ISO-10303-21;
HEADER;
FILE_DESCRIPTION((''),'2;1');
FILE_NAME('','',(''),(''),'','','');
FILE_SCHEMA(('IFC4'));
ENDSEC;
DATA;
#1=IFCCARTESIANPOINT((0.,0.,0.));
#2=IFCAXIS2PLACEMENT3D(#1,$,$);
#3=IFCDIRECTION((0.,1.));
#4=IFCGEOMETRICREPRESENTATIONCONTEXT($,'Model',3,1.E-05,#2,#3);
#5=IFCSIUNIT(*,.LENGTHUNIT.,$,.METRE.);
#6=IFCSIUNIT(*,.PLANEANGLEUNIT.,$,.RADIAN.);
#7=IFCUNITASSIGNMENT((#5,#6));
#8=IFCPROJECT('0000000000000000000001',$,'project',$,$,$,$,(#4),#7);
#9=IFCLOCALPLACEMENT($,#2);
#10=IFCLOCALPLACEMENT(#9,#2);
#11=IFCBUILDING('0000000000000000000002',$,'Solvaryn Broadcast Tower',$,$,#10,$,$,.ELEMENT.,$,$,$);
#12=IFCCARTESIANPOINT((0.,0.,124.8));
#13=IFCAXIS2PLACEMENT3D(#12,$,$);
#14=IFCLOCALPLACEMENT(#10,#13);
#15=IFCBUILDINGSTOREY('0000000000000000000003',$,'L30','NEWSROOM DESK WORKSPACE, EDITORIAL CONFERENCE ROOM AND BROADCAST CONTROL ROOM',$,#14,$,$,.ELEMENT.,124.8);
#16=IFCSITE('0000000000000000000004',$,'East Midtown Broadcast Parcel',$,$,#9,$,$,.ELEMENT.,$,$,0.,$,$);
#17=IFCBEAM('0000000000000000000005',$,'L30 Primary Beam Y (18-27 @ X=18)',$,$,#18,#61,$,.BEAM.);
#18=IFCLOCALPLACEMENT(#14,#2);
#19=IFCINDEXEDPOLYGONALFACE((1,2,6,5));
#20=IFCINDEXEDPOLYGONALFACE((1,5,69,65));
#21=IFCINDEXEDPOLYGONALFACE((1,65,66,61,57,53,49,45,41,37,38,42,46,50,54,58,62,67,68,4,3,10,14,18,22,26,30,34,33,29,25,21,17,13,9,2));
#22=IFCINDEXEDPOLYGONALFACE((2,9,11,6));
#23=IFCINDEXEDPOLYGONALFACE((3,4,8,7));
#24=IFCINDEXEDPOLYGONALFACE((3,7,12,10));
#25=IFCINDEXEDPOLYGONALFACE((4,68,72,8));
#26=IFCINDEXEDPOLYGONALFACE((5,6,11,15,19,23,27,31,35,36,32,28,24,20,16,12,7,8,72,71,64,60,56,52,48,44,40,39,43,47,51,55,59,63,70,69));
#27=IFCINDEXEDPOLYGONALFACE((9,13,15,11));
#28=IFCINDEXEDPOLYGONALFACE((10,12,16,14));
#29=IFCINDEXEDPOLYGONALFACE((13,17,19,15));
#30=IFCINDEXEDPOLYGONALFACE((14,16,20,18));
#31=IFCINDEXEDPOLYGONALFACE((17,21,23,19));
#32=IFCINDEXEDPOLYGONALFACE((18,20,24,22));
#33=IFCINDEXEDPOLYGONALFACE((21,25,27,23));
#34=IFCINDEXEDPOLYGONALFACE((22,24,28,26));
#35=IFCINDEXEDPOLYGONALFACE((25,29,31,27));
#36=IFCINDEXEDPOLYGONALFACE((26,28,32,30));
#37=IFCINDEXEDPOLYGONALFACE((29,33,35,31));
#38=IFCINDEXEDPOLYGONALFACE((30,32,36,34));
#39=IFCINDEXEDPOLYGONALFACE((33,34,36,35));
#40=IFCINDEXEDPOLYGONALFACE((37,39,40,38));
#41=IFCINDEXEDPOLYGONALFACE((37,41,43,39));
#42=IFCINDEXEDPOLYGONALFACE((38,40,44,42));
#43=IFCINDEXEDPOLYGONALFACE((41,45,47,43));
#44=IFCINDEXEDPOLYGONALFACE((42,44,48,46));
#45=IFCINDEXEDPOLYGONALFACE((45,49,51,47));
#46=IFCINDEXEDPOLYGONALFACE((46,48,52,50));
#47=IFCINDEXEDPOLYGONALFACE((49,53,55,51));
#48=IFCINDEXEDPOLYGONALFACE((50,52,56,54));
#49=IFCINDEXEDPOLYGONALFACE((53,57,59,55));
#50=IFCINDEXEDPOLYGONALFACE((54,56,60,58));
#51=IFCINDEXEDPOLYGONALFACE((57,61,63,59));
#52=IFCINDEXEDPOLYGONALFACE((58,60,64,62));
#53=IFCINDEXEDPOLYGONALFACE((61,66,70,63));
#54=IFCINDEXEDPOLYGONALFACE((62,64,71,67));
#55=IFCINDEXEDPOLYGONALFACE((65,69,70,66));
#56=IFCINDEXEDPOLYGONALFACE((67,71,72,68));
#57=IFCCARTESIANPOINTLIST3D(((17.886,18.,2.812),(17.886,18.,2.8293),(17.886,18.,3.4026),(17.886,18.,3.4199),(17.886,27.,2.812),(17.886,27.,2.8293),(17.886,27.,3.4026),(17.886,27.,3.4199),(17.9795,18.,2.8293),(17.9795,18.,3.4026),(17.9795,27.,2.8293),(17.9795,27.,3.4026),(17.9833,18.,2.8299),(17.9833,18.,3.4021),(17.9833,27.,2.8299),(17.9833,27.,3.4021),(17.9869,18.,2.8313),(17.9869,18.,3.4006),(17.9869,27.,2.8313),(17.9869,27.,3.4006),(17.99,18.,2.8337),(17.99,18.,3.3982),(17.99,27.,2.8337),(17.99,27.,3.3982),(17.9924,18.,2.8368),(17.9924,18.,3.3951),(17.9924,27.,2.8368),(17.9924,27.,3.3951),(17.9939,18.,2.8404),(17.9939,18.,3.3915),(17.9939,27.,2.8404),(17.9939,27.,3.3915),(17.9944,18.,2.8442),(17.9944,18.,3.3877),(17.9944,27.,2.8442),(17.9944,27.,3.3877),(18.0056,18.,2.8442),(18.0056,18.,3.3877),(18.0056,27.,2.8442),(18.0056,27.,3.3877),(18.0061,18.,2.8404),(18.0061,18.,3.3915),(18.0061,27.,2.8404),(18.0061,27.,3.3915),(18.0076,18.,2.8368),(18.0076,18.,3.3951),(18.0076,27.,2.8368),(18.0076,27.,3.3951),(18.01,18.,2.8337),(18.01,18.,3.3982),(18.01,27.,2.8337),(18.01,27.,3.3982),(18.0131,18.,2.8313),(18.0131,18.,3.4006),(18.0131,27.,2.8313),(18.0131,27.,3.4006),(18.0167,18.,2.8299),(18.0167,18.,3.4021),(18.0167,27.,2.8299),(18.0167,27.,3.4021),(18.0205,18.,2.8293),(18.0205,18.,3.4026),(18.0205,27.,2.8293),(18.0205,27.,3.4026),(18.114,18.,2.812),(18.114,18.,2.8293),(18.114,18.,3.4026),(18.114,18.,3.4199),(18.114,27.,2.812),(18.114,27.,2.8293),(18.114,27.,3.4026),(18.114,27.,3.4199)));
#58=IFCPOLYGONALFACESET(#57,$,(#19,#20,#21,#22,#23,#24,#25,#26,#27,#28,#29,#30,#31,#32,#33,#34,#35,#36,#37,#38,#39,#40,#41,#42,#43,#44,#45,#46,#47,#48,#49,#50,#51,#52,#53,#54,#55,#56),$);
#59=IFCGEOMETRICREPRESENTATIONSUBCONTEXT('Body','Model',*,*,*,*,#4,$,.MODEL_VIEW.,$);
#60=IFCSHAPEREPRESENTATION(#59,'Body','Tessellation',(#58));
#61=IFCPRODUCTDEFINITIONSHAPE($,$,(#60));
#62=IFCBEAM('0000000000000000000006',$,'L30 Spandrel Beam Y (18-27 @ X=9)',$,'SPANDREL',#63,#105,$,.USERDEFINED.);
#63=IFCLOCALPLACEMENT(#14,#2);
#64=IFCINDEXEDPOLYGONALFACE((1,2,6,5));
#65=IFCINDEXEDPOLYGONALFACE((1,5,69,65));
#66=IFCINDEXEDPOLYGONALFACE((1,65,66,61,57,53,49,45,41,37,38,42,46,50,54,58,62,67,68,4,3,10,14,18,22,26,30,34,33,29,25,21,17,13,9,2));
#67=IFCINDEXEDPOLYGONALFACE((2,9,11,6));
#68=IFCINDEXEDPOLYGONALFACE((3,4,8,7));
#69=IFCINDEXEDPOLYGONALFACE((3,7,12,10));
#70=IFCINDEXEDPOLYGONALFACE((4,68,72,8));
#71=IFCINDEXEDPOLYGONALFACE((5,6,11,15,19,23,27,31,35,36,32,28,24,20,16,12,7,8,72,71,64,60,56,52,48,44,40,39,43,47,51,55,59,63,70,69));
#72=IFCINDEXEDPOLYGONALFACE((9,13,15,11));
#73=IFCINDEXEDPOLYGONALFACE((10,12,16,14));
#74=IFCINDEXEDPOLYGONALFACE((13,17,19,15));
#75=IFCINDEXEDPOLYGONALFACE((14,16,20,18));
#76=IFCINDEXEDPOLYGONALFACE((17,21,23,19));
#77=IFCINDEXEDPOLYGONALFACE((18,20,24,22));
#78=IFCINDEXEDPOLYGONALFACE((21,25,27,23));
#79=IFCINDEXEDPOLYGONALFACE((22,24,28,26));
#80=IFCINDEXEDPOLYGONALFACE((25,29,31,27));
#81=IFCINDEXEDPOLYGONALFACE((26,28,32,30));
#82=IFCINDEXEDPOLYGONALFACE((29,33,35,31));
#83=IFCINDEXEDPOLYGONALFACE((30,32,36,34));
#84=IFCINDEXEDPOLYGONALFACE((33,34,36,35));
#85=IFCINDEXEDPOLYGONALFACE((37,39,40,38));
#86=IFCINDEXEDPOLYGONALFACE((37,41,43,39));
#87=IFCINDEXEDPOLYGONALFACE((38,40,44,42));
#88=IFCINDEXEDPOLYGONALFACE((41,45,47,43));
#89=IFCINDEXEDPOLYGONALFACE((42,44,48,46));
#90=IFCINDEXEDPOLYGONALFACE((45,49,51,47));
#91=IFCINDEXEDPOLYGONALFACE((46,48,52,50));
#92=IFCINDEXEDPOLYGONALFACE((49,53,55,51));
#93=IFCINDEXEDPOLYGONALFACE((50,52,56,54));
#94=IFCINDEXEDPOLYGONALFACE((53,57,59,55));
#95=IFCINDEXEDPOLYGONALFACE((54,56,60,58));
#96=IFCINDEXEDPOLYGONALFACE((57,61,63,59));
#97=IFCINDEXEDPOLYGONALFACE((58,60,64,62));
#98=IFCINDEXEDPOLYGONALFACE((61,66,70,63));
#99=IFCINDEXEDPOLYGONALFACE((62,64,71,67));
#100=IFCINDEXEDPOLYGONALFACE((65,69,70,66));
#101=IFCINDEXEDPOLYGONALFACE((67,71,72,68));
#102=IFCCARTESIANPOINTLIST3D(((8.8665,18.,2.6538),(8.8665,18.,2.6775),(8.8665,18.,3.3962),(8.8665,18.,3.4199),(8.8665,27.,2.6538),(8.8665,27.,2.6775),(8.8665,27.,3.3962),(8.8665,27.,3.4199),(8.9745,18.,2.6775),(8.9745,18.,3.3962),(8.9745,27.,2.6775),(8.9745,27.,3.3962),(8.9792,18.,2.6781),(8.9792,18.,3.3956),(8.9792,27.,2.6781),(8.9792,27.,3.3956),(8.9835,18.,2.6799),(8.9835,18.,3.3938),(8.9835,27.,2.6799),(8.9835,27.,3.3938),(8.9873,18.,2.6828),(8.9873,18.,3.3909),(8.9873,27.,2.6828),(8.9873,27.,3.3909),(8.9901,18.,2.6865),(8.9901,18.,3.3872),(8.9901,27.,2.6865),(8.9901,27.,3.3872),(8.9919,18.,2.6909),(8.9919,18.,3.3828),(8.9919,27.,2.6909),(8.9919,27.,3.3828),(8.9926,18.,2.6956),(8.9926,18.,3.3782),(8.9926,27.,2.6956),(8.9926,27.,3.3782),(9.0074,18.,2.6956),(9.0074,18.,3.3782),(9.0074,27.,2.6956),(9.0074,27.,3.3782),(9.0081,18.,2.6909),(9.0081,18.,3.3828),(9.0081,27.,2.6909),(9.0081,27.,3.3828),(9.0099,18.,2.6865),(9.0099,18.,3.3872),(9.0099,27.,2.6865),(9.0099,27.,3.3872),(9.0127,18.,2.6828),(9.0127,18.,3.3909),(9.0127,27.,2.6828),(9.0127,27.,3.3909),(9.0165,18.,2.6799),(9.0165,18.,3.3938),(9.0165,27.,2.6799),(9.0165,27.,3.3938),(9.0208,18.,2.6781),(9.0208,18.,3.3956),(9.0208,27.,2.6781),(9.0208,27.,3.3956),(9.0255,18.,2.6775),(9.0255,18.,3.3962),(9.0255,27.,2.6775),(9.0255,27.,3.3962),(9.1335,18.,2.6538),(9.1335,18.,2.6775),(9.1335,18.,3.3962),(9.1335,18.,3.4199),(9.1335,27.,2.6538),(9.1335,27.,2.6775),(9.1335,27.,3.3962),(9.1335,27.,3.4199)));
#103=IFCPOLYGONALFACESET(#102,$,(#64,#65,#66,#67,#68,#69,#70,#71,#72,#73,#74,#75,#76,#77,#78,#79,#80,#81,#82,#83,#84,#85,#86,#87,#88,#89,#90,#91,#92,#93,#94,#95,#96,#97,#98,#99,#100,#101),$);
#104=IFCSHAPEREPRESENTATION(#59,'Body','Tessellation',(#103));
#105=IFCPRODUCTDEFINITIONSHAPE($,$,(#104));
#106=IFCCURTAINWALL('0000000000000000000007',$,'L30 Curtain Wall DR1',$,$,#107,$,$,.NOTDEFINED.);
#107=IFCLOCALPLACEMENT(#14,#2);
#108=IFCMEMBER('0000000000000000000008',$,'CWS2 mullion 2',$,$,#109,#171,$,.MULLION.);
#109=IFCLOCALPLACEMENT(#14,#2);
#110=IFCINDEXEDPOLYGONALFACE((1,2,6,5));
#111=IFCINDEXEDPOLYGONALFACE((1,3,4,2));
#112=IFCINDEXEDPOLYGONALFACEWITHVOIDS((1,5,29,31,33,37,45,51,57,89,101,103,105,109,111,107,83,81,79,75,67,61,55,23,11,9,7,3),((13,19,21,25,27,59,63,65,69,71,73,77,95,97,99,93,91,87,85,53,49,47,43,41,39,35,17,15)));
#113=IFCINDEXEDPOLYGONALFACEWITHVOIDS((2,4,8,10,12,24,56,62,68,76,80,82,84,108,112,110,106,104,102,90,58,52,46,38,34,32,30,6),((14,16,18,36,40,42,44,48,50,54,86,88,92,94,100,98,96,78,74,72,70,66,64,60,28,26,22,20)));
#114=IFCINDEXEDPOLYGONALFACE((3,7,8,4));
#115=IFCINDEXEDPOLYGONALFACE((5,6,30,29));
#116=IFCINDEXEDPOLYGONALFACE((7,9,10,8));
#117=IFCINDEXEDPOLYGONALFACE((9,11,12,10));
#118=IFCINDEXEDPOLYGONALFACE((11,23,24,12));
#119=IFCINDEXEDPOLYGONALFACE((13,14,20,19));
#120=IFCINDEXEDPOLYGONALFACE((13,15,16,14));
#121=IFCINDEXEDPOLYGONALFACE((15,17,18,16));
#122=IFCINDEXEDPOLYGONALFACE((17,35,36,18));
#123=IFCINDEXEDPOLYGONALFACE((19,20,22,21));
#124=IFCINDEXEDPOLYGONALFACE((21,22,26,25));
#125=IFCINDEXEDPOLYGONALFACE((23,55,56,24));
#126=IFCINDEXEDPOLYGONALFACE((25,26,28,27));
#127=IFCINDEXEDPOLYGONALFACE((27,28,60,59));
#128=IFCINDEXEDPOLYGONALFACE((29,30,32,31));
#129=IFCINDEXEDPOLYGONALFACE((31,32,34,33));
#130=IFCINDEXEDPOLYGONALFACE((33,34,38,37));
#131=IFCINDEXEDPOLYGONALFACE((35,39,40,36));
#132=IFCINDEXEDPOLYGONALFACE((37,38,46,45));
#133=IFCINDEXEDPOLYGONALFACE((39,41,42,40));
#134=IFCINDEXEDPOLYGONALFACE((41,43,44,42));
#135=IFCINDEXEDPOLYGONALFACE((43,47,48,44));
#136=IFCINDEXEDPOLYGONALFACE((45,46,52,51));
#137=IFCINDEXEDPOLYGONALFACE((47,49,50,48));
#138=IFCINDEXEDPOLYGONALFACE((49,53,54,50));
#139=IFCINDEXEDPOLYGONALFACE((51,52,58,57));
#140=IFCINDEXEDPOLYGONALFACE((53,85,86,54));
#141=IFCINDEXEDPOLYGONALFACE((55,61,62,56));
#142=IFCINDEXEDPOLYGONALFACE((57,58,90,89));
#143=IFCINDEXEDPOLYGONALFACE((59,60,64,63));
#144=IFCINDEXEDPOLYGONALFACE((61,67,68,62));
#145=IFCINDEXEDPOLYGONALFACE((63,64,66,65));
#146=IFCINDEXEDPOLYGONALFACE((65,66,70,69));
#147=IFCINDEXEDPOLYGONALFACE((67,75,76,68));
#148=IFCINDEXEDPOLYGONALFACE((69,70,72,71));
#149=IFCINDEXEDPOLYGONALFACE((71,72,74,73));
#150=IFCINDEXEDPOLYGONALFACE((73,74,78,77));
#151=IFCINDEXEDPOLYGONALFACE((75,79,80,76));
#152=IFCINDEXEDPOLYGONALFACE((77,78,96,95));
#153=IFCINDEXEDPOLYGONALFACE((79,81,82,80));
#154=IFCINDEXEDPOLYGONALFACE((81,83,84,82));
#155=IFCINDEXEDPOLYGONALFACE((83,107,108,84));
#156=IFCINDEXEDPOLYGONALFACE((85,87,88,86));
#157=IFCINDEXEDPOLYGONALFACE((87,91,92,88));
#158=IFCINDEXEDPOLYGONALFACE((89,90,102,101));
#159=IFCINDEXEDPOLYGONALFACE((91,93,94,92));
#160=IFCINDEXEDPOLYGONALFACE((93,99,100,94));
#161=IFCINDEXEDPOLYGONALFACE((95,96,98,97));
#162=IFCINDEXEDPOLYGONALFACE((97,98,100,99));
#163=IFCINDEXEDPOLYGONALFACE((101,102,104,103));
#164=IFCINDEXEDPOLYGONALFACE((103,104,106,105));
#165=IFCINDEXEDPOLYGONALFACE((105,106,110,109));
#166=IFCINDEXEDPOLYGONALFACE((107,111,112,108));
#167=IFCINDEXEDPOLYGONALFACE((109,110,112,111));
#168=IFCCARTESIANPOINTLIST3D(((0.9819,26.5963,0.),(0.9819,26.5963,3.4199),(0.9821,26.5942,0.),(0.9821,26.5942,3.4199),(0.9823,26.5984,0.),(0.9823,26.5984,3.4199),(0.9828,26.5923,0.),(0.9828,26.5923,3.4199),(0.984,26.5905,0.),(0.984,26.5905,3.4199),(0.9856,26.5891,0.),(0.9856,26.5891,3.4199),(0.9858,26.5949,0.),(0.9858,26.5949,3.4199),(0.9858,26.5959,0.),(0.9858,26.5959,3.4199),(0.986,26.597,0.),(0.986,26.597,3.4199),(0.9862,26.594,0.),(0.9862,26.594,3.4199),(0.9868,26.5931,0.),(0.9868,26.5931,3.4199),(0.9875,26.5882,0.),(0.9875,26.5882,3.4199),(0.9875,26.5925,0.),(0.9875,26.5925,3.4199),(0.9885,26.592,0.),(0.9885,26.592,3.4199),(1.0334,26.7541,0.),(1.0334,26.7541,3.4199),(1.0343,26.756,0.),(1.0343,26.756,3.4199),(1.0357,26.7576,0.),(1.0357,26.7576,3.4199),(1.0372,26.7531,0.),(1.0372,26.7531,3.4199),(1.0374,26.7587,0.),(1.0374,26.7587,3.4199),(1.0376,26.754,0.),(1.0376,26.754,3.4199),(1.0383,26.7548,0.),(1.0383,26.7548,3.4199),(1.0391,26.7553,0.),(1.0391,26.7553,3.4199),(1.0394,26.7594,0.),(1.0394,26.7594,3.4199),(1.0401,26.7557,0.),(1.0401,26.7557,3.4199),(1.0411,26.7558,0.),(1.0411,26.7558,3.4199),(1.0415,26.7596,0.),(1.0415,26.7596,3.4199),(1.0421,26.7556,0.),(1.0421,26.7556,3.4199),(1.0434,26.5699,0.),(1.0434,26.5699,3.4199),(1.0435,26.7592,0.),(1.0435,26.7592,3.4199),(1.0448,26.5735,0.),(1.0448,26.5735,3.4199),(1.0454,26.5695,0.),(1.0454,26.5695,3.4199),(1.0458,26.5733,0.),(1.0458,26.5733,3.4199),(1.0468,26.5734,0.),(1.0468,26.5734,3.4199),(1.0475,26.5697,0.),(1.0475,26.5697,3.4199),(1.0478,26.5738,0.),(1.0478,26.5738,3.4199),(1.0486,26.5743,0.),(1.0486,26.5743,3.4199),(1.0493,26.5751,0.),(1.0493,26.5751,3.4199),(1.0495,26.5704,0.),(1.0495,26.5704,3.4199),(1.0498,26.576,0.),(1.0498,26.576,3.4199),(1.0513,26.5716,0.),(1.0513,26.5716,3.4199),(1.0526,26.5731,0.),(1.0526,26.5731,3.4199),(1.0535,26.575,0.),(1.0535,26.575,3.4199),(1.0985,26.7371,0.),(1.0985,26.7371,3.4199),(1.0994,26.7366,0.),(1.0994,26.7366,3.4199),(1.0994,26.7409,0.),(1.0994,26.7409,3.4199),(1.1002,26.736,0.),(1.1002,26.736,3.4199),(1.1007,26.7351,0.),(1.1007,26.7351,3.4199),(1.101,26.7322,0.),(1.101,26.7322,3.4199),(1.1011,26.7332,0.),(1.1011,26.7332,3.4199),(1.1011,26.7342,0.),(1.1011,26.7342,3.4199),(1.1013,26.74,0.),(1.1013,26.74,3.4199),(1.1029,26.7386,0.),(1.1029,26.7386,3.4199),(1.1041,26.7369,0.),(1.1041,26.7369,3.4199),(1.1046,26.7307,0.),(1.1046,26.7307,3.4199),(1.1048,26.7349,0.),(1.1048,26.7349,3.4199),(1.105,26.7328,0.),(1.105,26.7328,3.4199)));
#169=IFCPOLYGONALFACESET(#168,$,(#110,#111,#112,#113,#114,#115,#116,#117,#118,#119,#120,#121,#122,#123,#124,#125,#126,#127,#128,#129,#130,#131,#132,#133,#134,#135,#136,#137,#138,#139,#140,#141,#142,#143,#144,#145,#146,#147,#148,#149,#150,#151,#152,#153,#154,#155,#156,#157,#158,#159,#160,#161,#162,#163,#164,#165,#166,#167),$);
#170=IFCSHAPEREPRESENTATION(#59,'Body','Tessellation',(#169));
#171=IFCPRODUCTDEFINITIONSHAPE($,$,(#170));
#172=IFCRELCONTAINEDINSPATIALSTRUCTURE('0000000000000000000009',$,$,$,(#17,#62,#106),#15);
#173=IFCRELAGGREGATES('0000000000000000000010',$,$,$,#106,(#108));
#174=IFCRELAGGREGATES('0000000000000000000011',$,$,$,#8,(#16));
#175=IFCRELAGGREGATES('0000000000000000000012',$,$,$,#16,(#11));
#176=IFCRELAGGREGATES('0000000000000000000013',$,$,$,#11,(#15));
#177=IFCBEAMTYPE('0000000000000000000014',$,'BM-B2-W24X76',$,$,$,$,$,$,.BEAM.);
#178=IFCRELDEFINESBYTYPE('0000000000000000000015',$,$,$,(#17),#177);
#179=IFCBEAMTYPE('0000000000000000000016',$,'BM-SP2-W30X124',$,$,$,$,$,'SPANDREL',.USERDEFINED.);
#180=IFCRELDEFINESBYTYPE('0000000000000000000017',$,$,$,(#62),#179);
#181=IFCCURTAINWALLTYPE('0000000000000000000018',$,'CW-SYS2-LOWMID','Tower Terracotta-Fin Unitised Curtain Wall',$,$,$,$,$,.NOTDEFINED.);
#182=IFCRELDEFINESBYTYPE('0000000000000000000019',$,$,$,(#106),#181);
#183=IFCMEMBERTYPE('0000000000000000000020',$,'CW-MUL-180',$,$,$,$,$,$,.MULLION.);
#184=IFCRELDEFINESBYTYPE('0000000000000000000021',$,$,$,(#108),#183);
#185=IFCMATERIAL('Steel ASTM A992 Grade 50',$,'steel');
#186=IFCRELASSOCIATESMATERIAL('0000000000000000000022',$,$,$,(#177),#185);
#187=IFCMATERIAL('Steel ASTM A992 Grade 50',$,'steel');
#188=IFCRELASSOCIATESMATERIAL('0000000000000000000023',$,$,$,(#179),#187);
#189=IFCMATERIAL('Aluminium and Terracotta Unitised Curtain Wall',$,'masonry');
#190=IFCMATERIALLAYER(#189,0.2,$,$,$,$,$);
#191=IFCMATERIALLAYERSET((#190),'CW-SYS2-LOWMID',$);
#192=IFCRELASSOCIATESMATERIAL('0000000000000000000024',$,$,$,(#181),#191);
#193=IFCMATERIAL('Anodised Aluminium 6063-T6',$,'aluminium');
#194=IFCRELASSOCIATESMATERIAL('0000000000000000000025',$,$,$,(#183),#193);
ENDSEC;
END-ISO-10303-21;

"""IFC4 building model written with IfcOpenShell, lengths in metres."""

from ifc_helpers import new_model, si_unit, direction, frame, origin, origin_2d, place, context, subcontext, project, spatial, hollow_rectangle, i_section, extrude, material, layer, layer_set, material_profile, profile_set, type_object, element, aggregate, save


model = new_model("IFC4")

# Units and contexts
model_context = context("Model", 3, precision=1e-05, world=origin(), true_north=direction((0.0, 1.0)))
body_context = subcontext(model_context, "Body", "Model", "MODEL_VIEW")
ifc_project = project(units=[si_unit("LENGTHUNIT", "METRE"), si_unit("PLANEANGLEUNIT", "RADIAN")], contexts=[model_context])

# Site, building, storey
site_placement = place(None, origin())
site = spatial("IfcSite", under=ifc_project, at=site_placement, Name="East Midtown Broadcast Parcel", CompositionType="ELEMENT", RefElevation=0.0)
building_placement = place(site_placement, origin())
building = spatial("IfcBuilding", under=site, at=building_placement, Name="Solvaryn Broadcast Tower", CompositionType="ELEMENT")
storey_placement = place(building_placement, frame((0.0, 0.0, 124.8)))
storey = spatial("IfcBuildingStorey", under=building, at=storey_placement, Name="L30", Description="NEWSROOM DESK WORKSPACE, EDITORIAL CONFERENCE ROOM AND BROADCAST CONTROL ROOM", CompositionType="ELEMENT", Elevation=124.8)

# Beams
ifc_material_1 = material(Name="Steel ASTM A992 Grade 50", Category="steel")
ifc_material_profile_1 = material_profile(ifc_material_1, i_section(OverallWidth=0.228, OverallDepth=0.6079, WebThickness=0.0112, FlangeThickness=0.0173, FilletRadius=0.0149, at=origin_2d()))
ifc_profile_set_1 = profile_set([ifc_material_profile_1], Name="Steel ASTM A992 Grade 50")
beam_type_1 = type_object("IfcBeamType", Name="BM-B2-W24X76", PredefinedType="BEAM", material=ifc_profile_set_1)
beam_1_placement = place(storey_placement, frame((18.0, 18.0, 3.116), z_axis=(0.0, 1.0, 0.0), x_axis=(-1.0, 0.0, 0.0)))
element("IfcBeam", 1, at=beam_1_placement, inside=storey, type_object=beam_type_1, Name="L30 Primary Beam Y (18-27 @ X=18)", PredefinedType="BEAM", context=body_context, shape_type="SweptSolid", body=[
    extrude(i_section(OverallWidth=0.228, OverallDepth=0.6079, WebThickness=0.0112, FlangeThickness=0.0173, FilletRadius=0.0149, at=origin_2d()), origin(), (0.0, 0.0, 1.0), 9.0),
])
ifc_material_2 = material(Name="Steel ASTM A992 Grade 50", Category="steel")
ifc_material_profile_2 = material_profile(ifc_material_2, i_section(OverallWidth=0.2671, OverallDepth=0.7661, WebThickness=0.0149, FlangeThickness=0.0237, FilletRadius=0.0181, at=origin_2d()))
ifc_profile_set_2 = profile_set([ifc_material_profile_2], Name="Steel ASTM A992 Grade 50")
beam_type_2 = type_object("IfcBeamType", Name="BM-SP2-W30X124", ElementType="SPANDREL", PredefinedType="USERDEFINED", material=ifc_profile_set_2)
beam_2_placement = place(storey_placement, frame((9.0, 18.0, 3.0369), z_axis=(0.0, 1.0, 0.0), x_axis=(-1.0, 0.0, 0.0)))
element("IfcBeam", 2, at=beam_2_placement, inside=storey, type_object=beam_type_2, Name="L30 Spandrel Beam Y (18-27 @ X=9)", ObjectType="SPANDREL", PredefinedType="USERDEFINED", context=body_context, shape_type="SweptSolid", body=[
    extrude(i_section(OverallWidth=0.2671, OverallDepth=0.7661, WebThickness=0.0149, FlangeThickness=0.0237, FilletRadius=0.0181, at=origin_2d()), origin(), (0.0, 0.0, 1.0), 9.0),
])

# Curtain wall, member
ifc_material_3 = material(Name="Aluminium and Terracotta Unitised Curtain Wall", Category="masonry")
ifc_layer_1 = layer(ifc_material_3, 0.2)
ifc_layer_set_1 = layer_set([ifc_layer_1], Name="CW-SYS2-LOWMID")
curtain_wall_type = type_object("IfcCurtainWallType", Name="CW-SYS2-LOWMID", Description="Tower Terracotta-Fin Unitised Curtain Wall", PredefinedType="NOTDEFINED", material=ifc_layer_set_1)
curtain_wall_1_placement = place(storey_placement, origin())
curtain_wall_1 = element("IfcCurtainWall", 3, at=curtain_wall_1_placement, inside=storey, type_object=curtain_wall_type, Name="L30 Curtain Wall DR1", PredefinedType="NOTDEFINED")
ifc_material_4 = material(Name="Anodised Aluminium 6063-T6", Category="aluminium")
ifc_material_profile_3 = material_profile(ifc_material_4, hollow_rectangle(XDim=0.075, YDim=0.1799, WallThickness=0.0039, InnerFilletRadius=0.0039, OuterFilletRadius=0.0081, at=origin_2d()))
ifc_profile_set_3 = profile_set([ifc_material_profile_3], Name="Anodised Aluminium 6063-T6")
member_type_1 = type_object("IfcMemberType", Name="CW-MUL-180", PredefinedType="MULLION", material=ifc_profile_set_3)
member_1_placement = place(storey_placement, frame((1.0435, 26.6646, 0.0), z_axis=(0.0, 0.0, 1.0), x_axis=(0.950198, -0.311646, 0.0)))
member_1 = element("IfcMember", 4, at=member_1_placement, type_object=member_type_1, Name="CWS2 mullion 2", PredefinedType="MULLION", context=body_context, shape_type="SweptSolid", body=[
    extrude(hollow_rectangle(XDim=0.075, YDim=0.1799, WallThickness=0.0039, InnerFilletRadius=0.0039, OuterFilletRadius=0.0081, at=origin_2d()), origin(), (0.0, 0.0, 1.0), 3.4199),
])
aggregate(curtain_wall_1, [member_1])

save(model, "model.ifc")
